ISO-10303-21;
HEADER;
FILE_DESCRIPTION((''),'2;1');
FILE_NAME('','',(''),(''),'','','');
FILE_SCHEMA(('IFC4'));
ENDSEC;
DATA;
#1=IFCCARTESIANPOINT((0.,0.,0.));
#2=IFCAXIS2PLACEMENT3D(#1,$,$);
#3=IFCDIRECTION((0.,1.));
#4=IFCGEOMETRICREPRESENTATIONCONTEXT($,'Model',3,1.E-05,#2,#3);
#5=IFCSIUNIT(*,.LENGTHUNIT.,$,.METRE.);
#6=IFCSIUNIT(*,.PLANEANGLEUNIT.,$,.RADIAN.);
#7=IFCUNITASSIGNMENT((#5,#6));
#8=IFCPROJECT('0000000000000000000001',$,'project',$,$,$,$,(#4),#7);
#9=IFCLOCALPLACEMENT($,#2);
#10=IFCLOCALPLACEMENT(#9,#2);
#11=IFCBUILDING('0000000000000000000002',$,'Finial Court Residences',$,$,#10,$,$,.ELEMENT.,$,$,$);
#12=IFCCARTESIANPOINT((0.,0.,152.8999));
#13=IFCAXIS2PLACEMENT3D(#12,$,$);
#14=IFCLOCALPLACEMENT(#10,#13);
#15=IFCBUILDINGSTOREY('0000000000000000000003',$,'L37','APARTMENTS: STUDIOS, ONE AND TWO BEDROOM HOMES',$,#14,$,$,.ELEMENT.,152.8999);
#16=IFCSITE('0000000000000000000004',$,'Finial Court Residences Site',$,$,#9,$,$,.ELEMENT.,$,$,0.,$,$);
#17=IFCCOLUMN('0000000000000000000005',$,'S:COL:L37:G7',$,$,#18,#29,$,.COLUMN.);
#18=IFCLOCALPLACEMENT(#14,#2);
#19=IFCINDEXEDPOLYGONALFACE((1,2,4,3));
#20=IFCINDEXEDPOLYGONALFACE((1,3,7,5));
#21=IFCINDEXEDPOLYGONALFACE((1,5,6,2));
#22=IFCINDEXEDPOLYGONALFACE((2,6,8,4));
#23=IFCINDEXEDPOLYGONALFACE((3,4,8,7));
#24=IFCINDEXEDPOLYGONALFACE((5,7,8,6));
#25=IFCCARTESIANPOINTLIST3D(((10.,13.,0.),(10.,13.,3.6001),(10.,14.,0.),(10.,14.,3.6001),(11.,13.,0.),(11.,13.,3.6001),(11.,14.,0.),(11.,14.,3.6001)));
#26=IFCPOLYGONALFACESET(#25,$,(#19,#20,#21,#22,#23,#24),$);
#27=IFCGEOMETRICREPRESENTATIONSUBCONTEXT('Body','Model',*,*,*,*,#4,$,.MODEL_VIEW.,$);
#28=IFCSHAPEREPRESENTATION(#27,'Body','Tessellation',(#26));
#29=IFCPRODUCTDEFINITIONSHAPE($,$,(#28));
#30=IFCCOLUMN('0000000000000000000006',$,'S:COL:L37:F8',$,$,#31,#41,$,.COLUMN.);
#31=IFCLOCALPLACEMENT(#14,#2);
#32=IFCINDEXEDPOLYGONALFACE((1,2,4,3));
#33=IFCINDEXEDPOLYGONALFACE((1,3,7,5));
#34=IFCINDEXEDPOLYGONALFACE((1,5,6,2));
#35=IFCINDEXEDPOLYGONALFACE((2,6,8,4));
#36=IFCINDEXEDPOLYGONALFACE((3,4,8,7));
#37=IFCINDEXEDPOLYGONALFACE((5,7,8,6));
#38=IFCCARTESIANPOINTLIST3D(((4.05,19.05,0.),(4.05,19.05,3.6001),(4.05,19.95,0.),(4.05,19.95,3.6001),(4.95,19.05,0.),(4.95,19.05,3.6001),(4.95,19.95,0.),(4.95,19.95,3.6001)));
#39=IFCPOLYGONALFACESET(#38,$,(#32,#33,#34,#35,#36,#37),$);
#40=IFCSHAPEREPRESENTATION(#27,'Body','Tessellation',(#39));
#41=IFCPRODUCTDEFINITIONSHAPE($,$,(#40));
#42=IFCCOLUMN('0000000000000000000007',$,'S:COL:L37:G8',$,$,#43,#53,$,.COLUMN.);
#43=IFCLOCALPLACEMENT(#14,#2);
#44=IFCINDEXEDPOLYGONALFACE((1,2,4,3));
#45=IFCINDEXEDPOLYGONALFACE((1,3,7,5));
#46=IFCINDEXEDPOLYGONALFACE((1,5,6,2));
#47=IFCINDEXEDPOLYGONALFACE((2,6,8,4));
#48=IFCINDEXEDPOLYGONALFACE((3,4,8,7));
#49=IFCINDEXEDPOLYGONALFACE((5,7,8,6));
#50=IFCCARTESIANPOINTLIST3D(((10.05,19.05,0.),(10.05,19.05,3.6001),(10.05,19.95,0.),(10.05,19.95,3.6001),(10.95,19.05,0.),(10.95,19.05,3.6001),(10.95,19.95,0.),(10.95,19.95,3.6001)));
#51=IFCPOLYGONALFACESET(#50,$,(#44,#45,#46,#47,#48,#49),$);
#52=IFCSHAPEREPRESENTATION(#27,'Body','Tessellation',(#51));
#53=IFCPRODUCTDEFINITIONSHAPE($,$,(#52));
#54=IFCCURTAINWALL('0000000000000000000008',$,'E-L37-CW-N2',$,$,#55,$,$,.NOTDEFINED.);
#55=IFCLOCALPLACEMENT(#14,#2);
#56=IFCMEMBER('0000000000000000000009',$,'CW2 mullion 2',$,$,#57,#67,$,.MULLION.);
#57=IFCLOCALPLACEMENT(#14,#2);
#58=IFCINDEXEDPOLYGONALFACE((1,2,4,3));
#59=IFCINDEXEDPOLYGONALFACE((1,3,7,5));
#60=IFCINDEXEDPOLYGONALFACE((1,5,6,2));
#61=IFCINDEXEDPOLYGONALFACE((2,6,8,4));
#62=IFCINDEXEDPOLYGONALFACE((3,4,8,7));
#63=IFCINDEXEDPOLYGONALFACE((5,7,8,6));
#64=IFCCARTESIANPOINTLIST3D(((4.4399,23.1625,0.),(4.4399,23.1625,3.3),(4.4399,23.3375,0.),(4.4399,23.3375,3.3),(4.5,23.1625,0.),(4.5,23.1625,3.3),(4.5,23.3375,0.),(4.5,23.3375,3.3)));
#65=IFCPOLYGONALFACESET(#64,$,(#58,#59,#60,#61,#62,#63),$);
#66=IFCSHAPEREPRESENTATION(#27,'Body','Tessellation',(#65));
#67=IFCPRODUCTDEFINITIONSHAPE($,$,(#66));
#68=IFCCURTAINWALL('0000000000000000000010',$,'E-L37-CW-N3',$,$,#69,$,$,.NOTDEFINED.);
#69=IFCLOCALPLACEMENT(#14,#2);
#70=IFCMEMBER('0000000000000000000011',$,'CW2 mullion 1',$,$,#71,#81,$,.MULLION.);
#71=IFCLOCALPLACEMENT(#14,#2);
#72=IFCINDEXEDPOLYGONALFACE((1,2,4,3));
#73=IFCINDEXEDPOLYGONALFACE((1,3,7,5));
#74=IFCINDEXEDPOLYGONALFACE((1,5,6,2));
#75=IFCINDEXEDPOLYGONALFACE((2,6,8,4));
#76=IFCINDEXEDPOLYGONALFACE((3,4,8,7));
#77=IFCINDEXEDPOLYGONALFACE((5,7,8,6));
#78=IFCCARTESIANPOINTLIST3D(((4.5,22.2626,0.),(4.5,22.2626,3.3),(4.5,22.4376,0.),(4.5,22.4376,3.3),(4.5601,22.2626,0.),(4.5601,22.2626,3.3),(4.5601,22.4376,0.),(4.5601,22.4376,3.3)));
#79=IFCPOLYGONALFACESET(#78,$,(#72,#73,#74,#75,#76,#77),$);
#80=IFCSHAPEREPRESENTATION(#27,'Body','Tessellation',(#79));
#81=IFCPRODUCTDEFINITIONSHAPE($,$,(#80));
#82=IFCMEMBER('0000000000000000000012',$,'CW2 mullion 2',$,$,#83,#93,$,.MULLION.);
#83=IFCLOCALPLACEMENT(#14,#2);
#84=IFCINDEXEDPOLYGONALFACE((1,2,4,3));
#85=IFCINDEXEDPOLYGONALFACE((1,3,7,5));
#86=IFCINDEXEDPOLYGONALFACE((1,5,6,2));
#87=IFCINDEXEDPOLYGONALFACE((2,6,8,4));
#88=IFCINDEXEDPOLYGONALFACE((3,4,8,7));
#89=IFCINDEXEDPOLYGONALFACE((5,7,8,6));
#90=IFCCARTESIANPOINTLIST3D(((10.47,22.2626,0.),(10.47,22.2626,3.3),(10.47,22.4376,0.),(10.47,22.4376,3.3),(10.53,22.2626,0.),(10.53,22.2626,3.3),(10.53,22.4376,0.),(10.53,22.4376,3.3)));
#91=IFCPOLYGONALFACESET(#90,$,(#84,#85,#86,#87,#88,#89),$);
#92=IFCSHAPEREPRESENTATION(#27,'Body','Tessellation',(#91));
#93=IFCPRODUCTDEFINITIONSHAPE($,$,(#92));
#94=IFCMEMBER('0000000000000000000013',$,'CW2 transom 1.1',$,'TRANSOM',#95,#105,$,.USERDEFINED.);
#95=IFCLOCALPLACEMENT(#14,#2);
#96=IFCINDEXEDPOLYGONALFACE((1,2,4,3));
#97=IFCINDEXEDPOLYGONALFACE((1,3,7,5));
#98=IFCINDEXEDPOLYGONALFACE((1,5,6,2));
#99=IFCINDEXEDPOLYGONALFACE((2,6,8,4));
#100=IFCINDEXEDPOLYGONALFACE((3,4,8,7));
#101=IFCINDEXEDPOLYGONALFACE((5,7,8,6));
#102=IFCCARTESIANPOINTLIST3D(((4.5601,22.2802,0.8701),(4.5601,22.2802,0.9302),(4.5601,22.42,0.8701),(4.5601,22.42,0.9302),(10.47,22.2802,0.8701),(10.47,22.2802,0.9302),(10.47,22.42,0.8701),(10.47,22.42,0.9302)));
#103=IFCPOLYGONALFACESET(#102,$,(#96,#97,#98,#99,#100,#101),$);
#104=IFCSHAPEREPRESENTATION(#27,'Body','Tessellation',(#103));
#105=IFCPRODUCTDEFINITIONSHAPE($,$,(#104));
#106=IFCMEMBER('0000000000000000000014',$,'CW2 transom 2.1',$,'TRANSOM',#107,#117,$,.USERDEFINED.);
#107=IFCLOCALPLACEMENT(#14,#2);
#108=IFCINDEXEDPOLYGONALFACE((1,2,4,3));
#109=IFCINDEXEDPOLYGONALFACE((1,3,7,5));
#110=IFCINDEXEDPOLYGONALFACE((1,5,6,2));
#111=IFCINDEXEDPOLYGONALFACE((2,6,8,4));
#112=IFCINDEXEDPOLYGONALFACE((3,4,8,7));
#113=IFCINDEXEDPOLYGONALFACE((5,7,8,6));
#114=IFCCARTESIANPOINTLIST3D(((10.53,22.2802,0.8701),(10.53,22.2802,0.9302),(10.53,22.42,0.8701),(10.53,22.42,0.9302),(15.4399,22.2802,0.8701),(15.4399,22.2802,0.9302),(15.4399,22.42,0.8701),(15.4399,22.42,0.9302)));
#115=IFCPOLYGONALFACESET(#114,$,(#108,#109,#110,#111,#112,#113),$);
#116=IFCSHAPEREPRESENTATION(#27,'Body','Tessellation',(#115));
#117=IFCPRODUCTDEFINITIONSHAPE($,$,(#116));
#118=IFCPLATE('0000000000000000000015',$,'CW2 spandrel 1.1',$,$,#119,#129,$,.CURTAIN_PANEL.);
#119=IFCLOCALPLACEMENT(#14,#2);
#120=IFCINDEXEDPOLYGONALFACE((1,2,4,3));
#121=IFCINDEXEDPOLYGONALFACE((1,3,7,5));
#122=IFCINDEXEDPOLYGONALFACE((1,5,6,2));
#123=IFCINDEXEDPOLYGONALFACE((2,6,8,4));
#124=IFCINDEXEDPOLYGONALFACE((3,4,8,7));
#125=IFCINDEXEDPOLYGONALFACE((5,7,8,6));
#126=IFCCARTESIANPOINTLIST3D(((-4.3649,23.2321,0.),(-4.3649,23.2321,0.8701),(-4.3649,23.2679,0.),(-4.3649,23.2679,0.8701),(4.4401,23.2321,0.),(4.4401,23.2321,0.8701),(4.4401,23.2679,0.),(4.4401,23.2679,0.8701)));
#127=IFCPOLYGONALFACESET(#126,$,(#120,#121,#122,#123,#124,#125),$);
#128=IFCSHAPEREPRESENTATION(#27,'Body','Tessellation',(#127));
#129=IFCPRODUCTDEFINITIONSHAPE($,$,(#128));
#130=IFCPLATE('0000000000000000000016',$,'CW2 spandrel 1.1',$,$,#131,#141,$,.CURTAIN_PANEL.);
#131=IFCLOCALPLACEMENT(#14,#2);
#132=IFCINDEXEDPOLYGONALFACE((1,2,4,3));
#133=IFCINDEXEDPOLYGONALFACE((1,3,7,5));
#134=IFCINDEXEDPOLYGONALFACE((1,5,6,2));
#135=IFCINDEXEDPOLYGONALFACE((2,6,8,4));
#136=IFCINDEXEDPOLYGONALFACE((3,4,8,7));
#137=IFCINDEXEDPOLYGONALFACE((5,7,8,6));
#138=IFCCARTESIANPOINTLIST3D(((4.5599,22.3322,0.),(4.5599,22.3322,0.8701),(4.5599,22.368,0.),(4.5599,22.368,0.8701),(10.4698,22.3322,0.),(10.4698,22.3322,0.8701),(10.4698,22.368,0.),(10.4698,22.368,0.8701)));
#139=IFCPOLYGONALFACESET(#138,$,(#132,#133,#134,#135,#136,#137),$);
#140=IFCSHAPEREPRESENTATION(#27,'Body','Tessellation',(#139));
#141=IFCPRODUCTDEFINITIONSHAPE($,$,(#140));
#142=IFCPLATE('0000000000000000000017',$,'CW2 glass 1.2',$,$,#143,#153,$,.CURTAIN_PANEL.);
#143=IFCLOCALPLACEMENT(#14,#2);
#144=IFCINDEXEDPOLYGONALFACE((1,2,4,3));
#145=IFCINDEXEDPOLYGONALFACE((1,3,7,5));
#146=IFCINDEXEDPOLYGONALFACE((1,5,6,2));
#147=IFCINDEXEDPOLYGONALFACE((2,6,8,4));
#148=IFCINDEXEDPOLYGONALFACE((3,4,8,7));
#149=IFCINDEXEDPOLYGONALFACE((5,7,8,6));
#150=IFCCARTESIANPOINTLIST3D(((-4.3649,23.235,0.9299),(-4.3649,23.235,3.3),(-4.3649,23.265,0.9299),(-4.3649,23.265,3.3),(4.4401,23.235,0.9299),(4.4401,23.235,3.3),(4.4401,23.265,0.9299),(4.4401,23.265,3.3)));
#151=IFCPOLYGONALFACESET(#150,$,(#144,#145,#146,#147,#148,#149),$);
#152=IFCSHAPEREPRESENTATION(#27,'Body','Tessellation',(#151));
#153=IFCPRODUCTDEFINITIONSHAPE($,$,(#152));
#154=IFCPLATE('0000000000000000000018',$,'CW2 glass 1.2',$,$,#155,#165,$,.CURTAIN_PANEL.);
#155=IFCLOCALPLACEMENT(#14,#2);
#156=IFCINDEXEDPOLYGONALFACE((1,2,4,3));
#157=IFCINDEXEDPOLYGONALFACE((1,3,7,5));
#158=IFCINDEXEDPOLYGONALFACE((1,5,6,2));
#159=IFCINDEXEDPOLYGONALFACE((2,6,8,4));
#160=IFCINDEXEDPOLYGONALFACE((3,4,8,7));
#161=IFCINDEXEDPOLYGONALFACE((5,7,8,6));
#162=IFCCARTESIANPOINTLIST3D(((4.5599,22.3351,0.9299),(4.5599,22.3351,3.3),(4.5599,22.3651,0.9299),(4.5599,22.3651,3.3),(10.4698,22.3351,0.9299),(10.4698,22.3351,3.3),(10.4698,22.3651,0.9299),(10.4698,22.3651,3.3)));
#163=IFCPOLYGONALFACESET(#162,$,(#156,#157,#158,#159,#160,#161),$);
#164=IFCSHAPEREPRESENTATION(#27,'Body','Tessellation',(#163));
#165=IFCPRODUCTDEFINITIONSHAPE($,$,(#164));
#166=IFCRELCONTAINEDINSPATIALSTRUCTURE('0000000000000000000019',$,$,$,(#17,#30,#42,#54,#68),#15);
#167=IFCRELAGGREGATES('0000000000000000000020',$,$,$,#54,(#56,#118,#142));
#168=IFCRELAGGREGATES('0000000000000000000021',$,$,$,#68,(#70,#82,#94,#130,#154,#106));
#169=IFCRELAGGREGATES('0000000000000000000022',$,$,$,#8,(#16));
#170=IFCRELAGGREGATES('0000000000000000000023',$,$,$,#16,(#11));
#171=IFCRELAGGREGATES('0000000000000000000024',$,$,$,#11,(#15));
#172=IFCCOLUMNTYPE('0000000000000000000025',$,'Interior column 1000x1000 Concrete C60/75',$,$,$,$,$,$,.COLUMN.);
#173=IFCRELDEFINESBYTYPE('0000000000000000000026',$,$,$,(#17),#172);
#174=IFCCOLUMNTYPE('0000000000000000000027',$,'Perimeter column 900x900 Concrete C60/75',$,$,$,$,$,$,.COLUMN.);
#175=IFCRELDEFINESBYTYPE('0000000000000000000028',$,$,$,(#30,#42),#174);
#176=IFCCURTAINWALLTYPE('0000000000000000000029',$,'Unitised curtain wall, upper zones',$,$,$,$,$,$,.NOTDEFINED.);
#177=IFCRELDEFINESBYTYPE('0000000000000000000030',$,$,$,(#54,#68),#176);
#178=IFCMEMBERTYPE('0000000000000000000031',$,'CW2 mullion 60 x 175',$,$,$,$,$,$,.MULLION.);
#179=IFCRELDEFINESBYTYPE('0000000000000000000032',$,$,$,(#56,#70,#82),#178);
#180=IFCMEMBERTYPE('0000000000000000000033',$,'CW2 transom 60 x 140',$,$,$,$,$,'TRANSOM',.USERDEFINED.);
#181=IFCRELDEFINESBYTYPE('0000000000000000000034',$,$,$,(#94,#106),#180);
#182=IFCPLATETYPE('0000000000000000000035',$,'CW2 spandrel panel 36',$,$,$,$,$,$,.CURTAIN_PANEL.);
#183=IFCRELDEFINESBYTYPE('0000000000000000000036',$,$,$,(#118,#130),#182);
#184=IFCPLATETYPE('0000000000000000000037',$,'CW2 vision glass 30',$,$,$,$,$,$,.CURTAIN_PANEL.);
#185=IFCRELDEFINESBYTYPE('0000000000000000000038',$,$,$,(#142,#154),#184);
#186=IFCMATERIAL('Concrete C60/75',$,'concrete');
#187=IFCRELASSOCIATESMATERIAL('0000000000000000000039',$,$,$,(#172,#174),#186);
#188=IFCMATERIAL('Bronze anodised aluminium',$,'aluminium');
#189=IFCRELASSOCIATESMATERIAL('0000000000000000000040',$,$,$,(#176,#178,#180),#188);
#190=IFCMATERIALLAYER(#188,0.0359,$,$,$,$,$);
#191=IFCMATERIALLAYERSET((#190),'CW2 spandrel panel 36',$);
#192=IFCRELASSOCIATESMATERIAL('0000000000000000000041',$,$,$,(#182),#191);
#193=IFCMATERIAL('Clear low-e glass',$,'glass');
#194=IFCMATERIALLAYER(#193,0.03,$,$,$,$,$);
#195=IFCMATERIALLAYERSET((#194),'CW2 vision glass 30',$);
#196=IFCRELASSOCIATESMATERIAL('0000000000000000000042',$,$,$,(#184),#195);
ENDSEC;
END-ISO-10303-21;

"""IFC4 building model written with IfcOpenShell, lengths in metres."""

from ifc_helpers import new_model, si_unit, direction, frame, origin, origin_2d, place, context, subcontext, project, spatial, rectangle, extrude, material, layer, layer_set, material_profile, profile_set, type_object, element, aggregate, save


model = new_model("IFC4")

# Units and contexts
model_context = context("Model", 3, precision=1e-05, world=origin(), true_north=direction((0.0, 1.0)))
body_context = subcontext(model_context, "Body", "Model", "MODEL_VIEW")
ifc_project = project(units=[si_unit("LENGTHUNIT", "METRE"), si_unit("PLANEANGLEUNIT", "RADIAN")], contexts=[model_context])

# Site, building, storey
site_placement = place(None, origin())
site = spatial("IfcSite", under=ifc_project, at=site_placement, Name="Finial Court Residences Site", CompositionType="ELEMENT", RefElevation=0.0)
building_placement = place(site_placement, origin())
building = spatial("IfcBuilding", under=site, at=building_placement, Name="Finial Court Residences", CompositionType="ELEMENT")
storey_placement = place(building_placement, frame((0.0, 0.0, 152.8999)))
storey = spatial("IfcBuildingStorey", under=building, at=storey_placement, Name="L37", Description="APARTMENTS: STUDIOS, ONE AND TWO BEDROOM HOMES", CompositionType="ELEMENT", Elevation=152.8999)

# Columns
ifc_material_1 = material(Name="Concrete C60/75", Category="concrete")
ifc_material_profile_1 = material_profile(ifc_material_1, rectangle(XDim=1.0, YDim=1.0, at=origin_2d()), Name="1000x1000")
ifc_profile_set_1 = profile_set([ifc_material_profile_1], Name="Concrete C60/75")
column_type_1 = type_object("IfcColumnType", Name="Interior column 1000x1000 Concrete C60/75", PredefinedType="COLUMN", material=ifc_profile_set_1)
column_placement = place(storey_placement, frame((10.5, 13.5, 0.0), z_axis=(0.0, 0.0, 1.0), x_axis=(1.0, 0.0, 0.0)))
element("IfcColumn", 1, at=column_placement, inside=storey, type_object=column_type_1, Name="S:COL:L37:G7", PredefinedType="COLUMN", context=body_context, shape_type="SweptSolid", body=[
    extrude(rectangle(XDim=1.0, YDim=1.0, at=origin_2d()), origin(), (0.0, 0.0, 1.0), 3.6001),
])
ifc_material_profile_2 = material_profile(ifc_material_1, rectangle(XDim=0.8999, YDim=0.8999, at=origin_2d()), Name="900x900")
ifc_profile_set_2 = profile_set([ifc_material_profile_2], Name="Concrete C60/75")
column_type_2 = type_object("IfcColumnType", Name="Perimeter column 900x900 Concrete C60/75", PredefinedType="COLUMN", material=ifc_profile_set_2)
for number, where, z_axis, x_axis, name in (
    (2, (4.5, 19.5, 0.0), (0.0, 0.0, 1.0), (1.0, 0.0, 0.0), "S:COL:L37:F8"),
    (3, (10.5, 19.5, 0.0), (0.0, 0.0, 1.0), (1.0, 0.0, 0.0), "S:COL:L37:G8"),
):
    element("IfcColumn", number, at=place(storey_placement, frame(where, z_axis=z_axis, x_axis=x_axis)), inside=storey, type_object=column_type_2, Name=name, PredefinedType="COLUMN", context=body_context, shape_type="SweptSolid", body=[
        extrude(rectangle(XDim=0.8999, YDim=0.8999, at=origin_2d()), origin(), (0.0, 0.0, 1.0), 3.6001),
    ])

# Curtain wall, member
ifc_material_2 = material(Name="Bronze anodised aluminium", Category="aluminium")
curtain_wall_type = type_object("IfcCurtainWallType", Name="Unitised curtain wall, upper zones", PredefinedType="NOTDEFINED", material=ifc_material_2)
curtain_wall_1_placement = place(storey_placement, origin())
curtain_wall_1 = element("IfcCurtainWall", 4, at=curtain_wall_1_placement, inside=storey, type_object=curtain_wall_type, Name="E-L37-CW-N2", PredefinedType="NOTDEFINED")
ifc_material_profile_3 = material_profile(ifc_material_2, rectangle(XDim=0.175, YDim=0.0601, at=origin_2d()), Name="CW2 mullion 60 x 175")
ifc_profile_set_3 = profile_set([ifc_material_profile_3], Name="Bronze anodised aluminium")
member_type_1 = type_object("IfcMemberType", Name="CW2 mullion 60 x 175", PredefinedType="MULLION", material=ifc_profile_set_3)
member_1_placement = place(storey_placement, frame((4.47, 23.25, 0.0), z_axis=(0.0, 0.0, 1.0), x_axis=(0.0, 1.0, 0.0)))
member_1 = element("IfcMember", 5, at=member_1_placement, type_object=member_type_1, Name="CW2 mullion 2", PredefinedType="MULLION", context=body_context, shape_type="SweptSolid", body=[
    extrude(rectangle(XDim=0.175, YDim=0.0601, at=origin_2d()), origin(), (0.0, 0.0, 1.0), 3.3),
])

# Curtain wall, members
curtain_wall_2_placement = place(storey_placement, origin())
curtain_wall_2 = element("IfcCurtainWall", 6, at=curtain_wall_2_placement, inside=storey, type_object=curtain_wall_type, Name="E-L37-CW-N3", PredefinedType="NOTDEFINED")
member_2_placement = place(storey_placement, frame((4.53, 22.3501, 0.0), z_axis=(0.0, 0.0, 1.0), x_axis=(0.0, 1.0, 0.0)))
member_2 = element("IfcMember", 7, at=member_2_placement, type_object=member_type_1, Name="CW2 mullion 1", PredefinedType="MULLION", context=body_context, shape_type="SweptSolid", body=[
    extrude(rectangle(XDim=0.175, YDim=0.0601, at=origin_2d()), origin(), (0.0, 0.0, 1.0), 3.3),
])
member_3_placement = place(storey_placement, frame((10.5, 22.3501, 0.0), z_axis=(0.0, 0.0, 1.0), x_axis=(0.0, 1.0, 0.0)))
member_3 = element("IfcMember", 8, at=member_3_placement, type_object=member_type_1, Name="CW2 mullion 2", PredefinedType="MULLION", context=body_context, shape_type="SweptSolid", body=[
    extrude(rectangle(XDim=0.175, YDim=0.0601, at=origin_2d()), origin(), (0.0, 0.0, 1.0), 3.3),
])
ifc_material_profile_4 = material_profile(ifc_material_2, rectangle(XDim=0.1399, YDim=0.0601, at=origin_2d()), Name="CW2 transom 60 x 140")
ifc_profile_set_4 = profile_set([ifc_material_profile_4], Name="Bronze anodised aluminium")
member_type_2 = type_object("IfcMemberType", Name="CW2 transom 60 x 140", ElementType="TRANSOM", PredefinedType="USERDEFINED", material=ifc_profile_set_4)
member_4_placement = place(storey_placement, frame((4.5601, 22.3501, 0.9001), z_axis=(1.0, 0.0, 0.0), x_axis=(0.0, 1.0, 0.0)))
member_4 = element("IfcMember", 9, at=member_4_placement, type_object=member_type_2, Name="CW2 transom 1.1", ObjectType="TRANSOM", PredefinedType="USERDEFINED", context=body_context, shape_type="SweptSolid", body=[
    extrude(rectangle(XDim=0.1399, YDim=0.0601, at=origin_2d()), origin(), (0.0, 0.0, 1.0), 5.9099),
])
member_5_placement = place(storey_placement, frame((10.53, 22.3501, 0.9001), z_axis=(1.0, 0.0, 0.0), x_axis=(0.0, 1.0, 0.0)))
member_5 = element("IfcMember", 10, at=member_5_placement, type_object=member_type_2, Name="CW2 transom 2.1", ObjectType="TRANSOM", PredefinedType="USERDEFINED", context=body_context, shape_type="SweptSolid", body=[
    extrude(rectangle(XDim=0.1399, YDim=0.0601, at=origin_2d()), origin(), (0.0, 0.0, 1.0), 4.9099),
])

# Plates
ifc_layer_1 = layer(ifc_material_2, 0.0359)
ifc_layer_set_1 = layer_set([ifc_layer_1], Name="CW2 spandrel panel 36")
plate_type_1 = type_object("IfcPlateType", Name="CW2 spandrel panel 36", PredefinedType="CURTAIN_PANEL", material=ifc_layer_set_1)
plate_1_placement = place(storey_placement, frame((0.0376, 23.25, 0.0), z_axis=(0.0, 0.0, 1.0), x_axis=(1.0, 0.0, 0.0)))
plate_1 = element("IfcPlate", 11, at=plate_1_placement, type_object=plate_type_1, Name="CW2 spandrel 1.1", PredefinedType="CURTAIN_PANEL", context=body_context, shape_type="SweptSolid", body=[
    extrude(rectangle(XDim=8.8049, YDim=0.0359, at=origin_2d()), origin(), (0.0, 0.0, 1.0), 0.8701),
])
plate_2_placement = place(storey_placement, frame((7.5149, 22.3501, 0.0), z_axis=(0.0, 0.0, 1.0), x_axis=(1.0, 0.0, 0.0)))
plate_2 = element("IfcPlate", 12, at=plate_2_placement, type_object=plate_type_1, Name="CW2 spandrel 1.1", PredefinedType="CURTAIN_PANEL", context=body_context, shape_type="SweptSolid", body=[
    extrude(rectangle(XDim=5.9099, YDim=0.0359, at=origin_2d()), origin(), (0.0, 0.0, 1.0), 0.8701),
])
ifc_material_3 = material(Name="Clear low-e glass", Category="glass")
ifc_layer_2 = layer(ifc_material_3, 0.03)
ifc_layer_set_2 = layer_set([ifc_layer_2], Name="CW2 vision glass 30")
plate_type_2 = type_object("IfcPlateType", Name="CW2 vision glass 30", PredefinedType="CURTAIN_PANEL", material=ifc_layer_set_2)
plate_3_placement = place(storey_placement, frame((0.0376, 23.25, 0.9299), z_axis=(0.0, 0.0, 1.0), x_axis=(1.0, 0.0, 0.0)))
plate_3 = element("IfcPlate", 13, at=plate_3_placement, type_object=plate_type_2, Name="CW2 glass 1.2", PredefinedType="CURTAIN_PANEL", context=body_context, shape_type="SweptSolid", body=[
    extrude(rectangle(XDim=8.8049, YDim=0.03, at=origin_2d()), origin(), (0.0, 0.0, 1.0), 2.3701),
])
aggregate(curtain_wall_1, [member_1, plate_1, plate_3])
plate_4_placement = place(storey_placement, frame((7.5149, 22.3501, 0.9299), z_axis=(0.0, 0.0, 1.0), x_axis=(1.0, 0.0, 0.0)))
plate_4 = element("IfcPlate", 14, at=plate_4_placement, type_object=plate_type_2, Name="CW2 glass 1.2", PredefinedType="CURTAIN_PANEL", context=body_context, shape_type="SweptSolid", body=[
    extrude(rectangle(XDim=5.9099, YDim=0.03, at=origin_2d()), origin(), (0.0, 0.0, 1.0), 2.3701),
])
aggregate(curtain_wall_2, [member_2, member_3, member_4, plate_2, plate_4, member_5])

save(model, "model.ifc")
